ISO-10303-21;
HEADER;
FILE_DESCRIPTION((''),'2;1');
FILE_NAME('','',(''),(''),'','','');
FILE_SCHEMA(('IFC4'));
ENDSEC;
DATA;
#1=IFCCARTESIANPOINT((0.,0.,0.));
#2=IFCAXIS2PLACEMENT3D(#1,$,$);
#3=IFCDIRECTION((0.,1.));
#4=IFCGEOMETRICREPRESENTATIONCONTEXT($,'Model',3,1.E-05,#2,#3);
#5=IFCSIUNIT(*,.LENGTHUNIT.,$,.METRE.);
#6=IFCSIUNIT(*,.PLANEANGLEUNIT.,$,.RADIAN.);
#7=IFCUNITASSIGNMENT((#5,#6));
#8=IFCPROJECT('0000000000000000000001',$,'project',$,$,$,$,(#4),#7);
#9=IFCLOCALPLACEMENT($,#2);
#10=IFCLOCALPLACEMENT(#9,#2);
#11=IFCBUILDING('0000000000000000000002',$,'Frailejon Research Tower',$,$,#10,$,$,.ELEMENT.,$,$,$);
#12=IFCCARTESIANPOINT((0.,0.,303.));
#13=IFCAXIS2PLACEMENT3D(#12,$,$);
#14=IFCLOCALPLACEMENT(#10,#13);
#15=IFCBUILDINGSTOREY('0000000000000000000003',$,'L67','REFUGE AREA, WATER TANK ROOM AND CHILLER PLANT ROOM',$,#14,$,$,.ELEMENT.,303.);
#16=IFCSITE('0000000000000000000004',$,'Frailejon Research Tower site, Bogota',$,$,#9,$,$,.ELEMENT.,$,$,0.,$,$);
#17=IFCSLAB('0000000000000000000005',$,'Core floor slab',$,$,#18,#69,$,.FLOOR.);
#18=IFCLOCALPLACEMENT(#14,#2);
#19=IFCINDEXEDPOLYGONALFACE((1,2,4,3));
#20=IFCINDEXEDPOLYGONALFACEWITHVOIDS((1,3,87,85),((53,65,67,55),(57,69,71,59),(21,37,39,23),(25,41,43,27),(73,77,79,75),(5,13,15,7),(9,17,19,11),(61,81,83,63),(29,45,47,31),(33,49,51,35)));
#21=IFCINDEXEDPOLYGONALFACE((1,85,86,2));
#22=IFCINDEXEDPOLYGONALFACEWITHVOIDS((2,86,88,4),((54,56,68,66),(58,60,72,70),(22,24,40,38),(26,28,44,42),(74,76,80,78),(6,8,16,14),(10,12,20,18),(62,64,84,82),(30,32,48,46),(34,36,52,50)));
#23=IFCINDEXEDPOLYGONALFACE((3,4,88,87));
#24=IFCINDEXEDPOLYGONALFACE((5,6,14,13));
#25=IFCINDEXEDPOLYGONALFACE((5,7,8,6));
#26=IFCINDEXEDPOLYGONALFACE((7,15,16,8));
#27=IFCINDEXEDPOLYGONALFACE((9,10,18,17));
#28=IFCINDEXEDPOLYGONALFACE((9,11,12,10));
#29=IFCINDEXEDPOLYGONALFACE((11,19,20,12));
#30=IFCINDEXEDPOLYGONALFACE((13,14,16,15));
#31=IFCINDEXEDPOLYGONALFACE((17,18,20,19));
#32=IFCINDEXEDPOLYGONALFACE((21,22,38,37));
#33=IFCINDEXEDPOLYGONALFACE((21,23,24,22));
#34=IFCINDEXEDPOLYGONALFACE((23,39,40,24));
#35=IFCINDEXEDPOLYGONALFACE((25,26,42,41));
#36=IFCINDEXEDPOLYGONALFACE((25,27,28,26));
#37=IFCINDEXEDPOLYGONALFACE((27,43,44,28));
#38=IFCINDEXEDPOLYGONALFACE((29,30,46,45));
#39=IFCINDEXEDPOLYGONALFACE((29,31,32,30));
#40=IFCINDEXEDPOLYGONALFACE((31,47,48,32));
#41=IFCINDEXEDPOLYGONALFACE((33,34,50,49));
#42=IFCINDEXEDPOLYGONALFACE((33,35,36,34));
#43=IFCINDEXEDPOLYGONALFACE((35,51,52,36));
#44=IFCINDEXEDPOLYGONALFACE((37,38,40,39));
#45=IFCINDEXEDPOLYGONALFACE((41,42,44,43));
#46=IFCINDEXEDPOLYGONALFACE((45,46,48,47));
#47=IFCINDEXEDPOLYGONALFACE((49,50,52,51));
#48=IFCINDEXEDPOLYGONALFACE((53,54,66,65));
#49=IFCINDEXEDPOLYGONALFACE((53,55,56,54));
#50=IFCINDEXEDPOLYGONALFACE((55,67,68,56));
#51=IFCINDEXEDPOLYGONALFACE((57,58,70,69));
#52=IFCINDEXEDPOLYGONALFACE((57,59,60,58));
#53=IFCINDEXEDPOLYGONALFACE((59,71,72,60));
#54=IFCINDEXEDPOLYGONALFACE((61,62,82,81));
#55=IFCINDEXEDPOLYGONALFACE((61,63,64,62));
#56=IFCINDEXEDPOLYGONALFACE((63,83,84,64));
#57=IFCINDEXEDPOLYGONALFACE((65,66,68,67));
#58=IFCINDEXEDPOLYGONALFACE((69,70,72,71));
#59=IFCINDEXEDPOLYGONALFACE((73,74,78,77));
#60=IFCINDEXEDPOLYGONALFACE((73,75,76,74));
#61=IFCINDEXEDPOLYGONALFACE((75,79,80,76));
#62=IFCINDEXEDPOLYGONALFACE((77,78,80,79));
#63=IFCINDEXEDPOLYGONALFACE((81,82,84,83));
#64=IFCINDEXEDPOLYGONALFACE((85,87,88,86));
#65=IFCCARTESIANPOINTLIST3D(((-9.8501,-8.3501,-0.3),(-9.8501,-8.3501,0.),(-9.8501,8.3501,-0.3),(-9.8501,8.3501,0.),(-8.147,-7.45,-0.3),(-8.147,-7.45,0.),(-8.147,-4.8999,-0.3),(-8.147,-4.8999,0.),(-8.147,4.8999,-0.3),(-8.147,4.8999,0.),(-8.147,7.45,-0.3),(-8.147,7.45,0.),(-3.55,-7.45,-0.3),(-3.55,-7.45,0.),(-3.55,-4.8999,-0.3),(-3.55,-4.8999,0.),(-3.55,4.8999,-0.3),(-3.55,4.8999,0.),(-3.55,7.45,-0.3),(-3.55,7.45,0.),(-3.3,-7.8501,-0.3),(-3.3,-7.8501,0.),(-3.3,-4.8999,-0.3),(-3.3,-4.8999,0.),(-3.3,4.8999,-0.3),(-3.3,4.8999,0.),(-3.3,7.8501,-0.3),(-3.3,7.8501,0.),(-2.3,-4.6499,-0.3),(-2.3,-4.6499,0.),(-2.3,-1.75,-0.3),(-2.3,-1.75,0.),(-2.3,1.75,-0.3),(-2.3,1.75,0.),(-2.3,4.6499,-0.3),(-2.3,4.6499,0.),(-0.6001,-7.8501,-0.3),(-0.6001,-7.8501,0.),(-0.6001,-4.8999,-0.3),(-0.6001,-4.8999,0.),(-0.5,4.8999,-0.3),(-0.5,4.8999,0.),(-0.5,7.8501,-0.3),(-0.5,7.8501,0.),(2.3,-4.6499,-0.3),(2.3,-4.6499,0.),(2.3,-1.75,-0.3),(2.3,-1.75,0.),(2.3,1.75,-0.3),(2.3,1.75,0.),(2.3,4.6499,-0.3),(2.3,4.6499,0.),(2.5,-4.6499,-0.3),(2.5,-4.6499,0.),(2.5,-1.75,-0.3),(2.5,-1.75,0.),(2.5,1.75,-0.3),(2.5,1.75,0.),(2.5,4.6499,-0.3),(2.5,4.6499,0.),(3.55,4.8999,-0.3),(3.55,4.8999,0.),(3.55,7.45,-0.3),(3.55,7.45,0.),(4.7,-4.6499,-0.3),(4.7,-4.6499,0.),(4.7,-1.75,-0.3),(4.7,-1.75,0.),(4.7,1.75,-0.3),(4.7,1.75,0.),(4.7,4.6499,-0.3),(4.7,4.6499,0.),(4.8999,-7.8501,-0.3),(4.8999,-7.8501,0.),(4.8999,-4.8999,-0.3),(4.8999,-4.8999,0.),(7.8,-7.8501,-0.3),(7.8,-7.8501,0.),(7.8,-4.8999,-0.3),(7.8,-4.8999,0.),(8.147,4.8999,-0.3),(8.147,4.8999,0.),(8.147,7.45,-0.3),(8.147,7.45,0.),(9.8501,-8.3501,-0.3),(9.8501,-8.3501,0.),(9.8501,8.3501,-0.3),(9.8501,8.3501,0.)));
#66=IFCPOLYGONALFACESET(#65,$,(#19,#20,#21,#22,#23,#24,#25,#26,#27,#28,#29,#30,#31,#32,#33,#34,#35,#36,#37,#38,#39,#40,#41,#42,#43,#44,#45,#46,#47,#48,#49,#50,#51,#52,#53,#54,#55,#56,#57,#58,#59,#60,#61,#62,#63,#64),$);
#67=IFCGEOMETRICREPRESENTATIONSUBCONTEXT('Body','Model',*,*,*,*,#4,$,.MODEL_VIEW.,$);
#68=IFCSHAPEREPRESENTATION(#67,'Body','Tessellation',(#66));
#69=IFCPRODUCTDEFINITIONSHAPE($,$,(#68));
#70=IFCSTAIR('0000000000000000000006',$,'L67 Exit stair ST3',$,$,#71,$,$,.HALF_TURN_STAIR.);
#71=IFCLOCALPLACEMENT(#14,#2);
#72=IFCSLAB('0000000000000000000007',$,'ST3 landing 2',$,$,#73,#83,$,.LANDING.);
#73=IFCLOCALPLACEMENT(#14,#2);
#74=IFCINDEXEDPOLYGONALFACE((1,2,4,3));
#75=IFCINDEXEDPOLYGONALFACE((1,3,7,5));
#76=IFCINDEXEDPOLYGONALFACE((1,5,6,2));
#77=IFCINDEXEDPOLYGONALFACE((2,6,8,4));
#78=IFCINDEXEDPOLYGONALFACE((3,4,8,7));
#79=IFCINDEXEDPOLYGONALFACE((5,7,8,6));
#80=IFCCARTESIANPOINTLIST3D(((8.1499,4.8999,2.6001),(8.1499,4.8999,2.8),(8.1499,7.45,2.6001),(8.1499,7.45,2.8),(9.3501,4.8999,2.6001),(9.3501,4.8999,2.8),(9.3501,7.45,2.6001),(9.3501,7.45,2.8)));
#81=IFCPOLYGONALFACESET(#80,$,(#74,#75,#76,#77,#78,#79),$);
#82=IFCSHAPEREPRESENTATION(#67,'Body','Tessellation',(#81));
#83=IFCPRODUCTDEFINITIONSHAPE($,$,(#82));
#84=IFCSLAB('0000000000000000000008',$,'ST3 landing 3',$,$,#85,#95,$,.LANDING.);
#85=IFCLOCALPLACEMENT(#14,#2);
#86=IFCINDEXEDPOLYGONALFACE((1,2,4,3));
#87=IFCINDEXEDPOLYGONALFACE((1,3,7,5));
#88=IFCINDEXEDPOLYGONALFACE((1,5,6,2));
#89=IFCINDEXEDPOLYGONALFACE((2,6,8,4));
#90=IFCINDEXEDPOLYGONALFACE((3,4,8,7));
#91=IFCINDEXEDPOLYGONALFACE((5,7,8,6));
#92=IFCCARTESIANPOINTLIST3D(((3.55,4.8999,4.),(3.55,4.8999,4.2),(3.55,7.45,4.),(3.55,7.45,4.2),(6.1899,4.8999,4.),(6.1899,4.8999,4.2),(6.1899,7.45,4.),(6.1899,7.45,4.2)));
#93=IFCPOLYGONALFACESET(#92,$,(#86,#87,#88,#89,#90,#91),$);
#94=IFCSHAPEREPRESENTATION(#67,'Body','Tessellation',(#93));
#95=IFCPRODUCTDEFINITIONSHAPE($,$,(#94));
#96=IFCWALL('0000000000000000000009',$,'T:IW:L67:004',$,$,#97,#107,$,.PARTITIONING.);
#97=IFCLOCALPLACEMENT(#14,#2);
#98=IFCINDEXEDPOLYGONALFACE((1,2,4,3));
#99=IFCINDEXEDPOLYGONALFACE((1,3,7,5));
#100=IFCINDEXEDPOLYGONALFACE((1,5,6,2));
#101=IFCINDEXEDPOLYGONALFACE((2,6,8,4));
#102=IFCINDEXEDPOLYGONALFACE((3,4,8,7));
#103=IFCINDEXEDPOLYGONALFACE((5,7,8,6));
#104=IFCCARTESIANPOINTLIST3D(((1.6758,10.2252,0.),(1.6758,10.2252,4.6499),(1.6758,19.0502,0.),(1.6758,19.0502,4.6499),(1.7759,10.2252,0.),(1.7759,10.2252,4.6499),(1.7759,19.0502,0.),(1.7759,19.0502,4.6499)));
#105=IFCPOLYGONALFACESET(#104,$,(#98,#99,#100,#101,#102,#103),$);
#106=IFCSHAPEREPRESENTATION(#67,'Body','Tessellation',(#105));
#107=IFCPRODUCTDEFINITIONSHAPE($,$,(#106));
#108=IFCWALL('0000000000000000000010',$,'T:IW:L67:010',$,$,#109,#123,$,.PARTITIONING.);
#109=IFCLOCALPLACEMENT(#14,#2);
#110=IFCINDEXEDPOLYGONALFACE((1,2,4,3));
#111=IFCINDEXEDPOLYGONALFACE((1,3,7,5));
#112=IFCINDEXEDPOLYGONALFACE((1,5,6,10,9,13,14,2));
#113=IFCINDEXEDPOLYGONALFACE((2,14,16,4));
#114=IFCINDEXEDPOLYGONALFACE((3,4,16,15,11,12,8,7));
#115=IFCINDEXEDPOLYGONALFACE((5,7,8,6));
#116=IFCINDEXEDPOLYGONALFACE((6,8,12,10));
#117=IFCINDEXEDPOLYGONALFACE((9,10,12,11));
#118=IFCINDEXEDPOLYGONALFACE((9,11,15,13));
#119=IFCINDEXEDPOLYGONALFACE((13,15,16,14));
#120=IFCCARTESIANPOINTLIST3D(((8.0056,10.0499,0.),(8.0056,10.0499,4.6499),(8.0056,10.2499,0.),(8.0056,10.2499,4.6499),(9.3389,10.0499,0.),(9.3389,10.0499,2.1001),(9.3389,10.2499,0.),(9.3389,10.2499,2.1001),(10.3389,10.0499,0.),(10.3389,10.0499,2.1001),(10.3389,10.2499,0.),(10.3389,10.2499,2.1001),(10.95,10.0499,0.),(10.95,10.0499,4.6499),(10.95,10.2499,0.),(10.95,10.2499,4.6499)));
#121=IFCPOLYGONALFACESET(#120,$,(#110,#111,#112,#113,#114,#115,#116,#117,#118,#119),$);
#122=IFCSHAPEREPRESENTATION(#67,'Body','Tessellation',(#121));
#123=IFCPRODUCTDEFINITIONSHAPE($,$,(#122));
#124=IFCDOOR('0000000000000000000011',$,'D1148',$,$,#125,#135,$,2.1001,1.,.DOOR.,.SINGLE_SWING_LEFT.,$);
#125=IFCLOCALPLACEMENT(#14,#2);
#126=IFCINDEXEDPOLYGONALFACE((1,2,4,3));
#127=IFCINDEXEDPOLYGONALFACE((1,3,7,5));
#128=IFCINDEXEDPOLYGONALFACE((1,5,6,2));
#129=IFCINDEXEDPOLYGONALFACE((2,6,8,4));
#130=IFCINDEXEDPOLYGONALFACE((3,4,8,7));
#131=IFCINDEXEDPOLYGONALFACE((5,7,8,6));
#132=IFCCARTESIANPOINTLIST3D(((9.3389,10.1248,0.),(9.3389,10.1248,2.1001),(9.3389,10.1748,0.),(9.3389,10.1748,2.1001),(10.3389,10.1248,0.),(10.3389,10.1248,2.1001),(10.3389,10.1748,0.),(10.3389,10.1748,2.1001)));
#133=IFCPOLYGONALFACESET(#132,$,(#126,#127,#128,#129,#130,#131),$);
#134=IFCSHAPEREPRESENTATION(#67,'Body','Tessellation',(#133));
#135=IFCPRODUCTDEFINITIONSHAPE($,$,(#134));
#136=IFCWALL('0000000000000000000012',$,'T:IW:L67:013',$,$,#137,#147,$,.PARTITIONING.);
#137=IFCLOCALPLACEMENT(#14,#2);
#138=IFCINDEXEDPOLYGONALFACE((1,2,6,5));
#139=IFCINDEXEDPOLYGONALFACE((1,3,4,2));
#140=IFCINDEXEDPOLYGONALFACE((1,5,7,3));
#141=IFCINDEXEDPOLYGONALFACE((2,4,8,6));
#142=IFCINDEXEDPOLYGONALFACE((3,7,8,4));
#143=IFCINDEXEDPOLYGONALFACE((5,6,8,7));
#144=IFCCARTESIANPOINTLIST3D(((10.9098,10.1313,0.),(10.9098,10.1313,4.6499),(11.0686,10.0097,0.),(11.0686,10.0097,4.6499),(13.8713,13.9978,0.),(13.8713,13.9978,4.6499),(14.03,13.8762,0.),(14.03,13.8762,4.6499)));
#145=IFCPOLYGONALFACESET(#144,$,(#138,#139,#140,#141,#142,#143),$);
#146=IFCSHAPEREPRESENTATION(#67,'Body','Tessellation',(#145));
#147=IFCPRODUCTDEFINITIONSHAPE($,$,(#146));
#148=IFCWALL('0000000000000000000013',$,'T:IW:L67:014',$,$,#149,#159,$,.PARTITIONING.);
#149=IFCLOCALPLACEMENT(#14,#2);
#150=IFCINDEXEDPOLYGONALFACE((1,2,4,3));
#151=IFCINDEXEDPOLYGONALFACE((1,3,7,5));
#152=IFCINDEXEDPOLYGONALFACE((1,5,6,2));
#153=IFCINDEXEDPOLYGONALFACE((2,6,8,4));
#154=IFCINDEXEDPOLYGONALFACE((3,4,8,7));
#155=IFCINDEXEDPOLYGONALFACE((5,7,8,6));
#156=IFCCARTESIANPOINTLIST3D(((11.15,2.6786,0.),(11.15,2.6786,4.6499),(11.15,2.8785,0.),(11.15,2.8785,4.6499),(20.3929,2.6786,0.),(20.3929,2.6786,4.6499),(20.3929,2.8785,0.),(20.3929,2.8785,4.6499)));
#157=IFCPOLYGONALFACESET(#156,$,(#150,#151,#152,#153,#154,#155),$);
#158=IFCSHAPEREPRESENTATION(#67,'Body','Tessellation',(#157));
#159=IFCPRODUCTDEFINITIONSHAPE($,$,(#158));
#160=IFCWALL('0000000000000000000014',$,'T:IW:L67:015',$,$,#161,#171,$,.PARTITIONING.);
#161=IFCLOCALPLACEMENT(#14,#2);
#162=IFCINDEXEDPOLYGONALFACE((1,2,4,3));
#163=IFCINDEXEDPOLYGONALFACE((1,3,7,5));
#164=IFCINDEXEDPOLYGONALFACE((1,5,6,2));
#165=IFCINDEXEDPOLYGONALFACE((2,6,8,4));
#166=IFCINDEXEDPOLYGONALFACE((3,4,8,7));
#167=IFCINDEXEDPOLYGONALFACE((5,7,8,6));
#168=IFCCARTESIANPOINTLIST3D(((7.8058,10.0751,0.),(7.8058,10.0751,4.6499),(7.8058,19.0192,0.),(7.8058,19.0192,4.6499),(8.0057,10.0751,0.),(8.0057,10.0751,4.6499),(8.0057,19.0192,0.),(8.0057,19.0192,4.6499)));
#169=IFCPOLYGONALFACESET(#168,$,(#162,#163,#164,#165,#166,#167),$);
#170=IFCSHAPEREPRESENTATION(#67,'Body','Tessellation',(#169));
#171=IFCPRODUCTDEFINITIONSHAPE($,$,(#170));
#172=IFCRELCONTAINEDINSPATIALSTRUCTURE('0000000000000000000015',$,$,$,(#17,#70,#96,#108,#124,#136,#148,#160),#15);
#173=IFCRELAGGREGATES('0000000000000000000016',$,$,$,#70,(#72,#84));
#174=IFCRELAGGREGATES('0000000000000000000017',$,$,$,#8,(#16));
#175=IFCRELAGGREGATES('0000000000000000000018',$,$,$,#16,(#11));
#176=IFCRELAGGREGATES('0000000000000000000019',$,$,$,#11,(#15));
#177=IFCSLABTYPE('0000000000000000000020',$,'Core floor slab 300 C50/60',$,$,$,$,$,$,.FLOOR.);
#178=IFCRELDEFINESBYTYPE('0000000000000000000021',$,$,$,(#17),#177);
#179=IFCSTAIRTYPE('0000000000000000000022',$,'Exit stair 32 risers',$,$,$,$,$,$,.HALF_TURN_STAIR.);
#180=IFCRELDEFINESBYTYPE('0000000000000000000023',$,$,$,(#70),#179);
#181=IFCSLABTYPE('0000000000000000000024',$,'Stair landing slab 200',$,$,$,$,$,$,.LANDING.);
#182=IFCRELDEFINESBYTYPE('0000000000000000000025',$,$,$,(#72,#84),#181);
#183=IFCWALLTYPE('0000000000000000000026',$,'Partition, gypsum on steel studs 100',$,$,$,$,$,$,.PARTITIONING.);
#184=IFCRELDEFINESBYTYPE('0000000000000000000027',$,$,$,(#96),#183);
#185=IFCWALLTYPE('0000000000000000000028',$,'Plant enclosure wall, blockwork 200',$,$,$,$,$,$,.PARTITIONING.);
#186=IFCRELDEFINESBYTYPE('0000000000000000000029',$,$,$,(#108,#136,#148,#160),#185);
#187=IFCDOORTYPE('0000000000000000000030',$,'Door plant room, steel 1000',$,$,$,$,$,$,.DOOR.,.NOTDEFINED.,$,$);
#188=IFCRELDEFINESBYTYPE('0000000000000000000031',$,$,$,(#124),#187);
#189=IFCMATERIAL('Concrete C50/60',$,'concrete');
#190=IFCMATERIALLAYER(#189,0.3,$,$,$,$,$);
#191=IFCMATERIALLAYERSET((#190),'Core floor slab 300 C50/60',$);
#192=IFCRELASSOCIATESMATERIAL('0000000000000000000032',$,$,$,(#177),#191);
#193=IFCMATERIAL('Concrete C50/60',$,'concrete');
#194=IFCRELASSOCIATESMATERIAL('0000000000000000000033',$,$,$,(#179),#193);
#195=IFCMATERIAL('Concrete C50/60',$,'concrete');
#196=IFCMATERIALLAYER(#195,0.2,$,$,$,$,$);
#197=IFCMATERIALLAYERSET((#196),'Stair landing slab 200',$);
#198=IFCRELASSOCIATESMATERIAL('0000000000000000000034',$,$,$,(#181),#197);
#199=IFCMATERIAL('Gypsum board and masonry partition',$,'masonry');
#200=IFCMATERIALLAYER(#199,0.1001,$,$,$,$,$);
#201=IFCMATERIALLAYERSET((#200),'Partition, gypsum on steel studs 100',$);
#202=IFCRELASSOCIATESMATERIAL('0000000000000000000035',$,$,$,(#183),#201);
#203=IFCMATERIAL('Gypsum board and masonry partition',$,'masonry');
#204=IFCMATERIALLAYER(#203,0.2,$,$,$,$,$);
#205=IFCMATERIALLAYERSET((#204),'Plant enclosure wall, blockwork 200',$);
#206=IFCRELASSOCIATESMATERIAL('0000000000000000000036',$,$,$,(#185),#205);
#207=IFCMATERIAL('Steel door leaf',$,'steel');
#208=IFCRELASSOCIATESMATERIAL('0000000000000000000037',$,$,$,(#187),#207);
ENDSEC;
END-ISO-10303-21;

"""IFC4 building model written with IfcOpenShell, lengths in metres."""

from ifc_helpers import new_model, si_unit, direction, frame, frame_2d, origin, place, context, subcontext, project, spatial, polyline, rectangle, outline, extrude, material, layer, layer_set, type_object, element, fill, aggregate, save


model = new_model("IFC4")

# Units and contexts
model_context = context("Model", 3, precision=1e-05, world=origin(), true_north=direction((0.0, 1.0)))
body_context = subcontext(model_context, "Body", "Model", "MODEL_VIEW")
ifc_project = project(units=[si_unit("LENGTHUNIT", "METRE"), si_unit("PLANEANGLEUNIT", "RADIAN")], contexts=[model_context])

# Site, building, storey
site_placement = place(None, origin())
site = spatial("IfcSite", under=ifc_project, at=site_placement, Name="Frailejon Research Tower site, Bogota", CompositionType="ELEMENT", RefElevation=0.0)
building_placement = place(site_placement, origin())
building = spatial("IfcBuilding", under=site, at=building_placement, Name="Frailejon Research Tower", CompositionType="ELEMENT")
storey_placement = place(building_placement, frame((0.0, 0.0, 303.0)))
storey = spatial("IfcBuildingStorey", under=building, at=storey_placement, Name="L67", Description="REFUGE AREA, WATER TANK ROOM AND CHILLER PLANT ROOM", CompositionType="ELEMENT", Elevation=303.0)

# Slab
ifc_material_1 = material(Name="Concrete C50/60", Category="concrete")
ifc_layer_1 = layer(ifc_material_1, 0.3)
ifc_layer_set_1 = layer_set([ifc_layer_1], Name="Core floor slab 300 C50/60")
slab_type_1 = type_object("IfcSlabType", Name="Core floor slab 300 C50/60", PredefinedType="FLOOR", material=ifc_layer_set_1)
slab_1_placement = place(storey_placement, frame((0.0, 0.0, -0.3)))
element("IfcSlab", 1, at=slab_1_placement, inside=storey, type_object=slab_type_1, Name="Core floor slab", PredefinedType="FLOOR", context=body_context, shape_type="SweptSolid", body=[
    extrude(outline(polyline([(9.8501, -8.3501), (9.8501, 8.3501), (-9.8501, 8.3501), (-9.8501, -8.3501), (9.8501, -8.3501)]), holes=[polyline([(2.3, 1.75), (2.3, 4.6499), (-2.3, 4.6499), (-2.3, 1.75), (2.3, 1.75)]), polyline([(4.7, 1.75), (4.7, 4.6499), (2.5, 4.6499), (2.5, 1.75), (4.7, 1.75)]), polyline([(2.3, -4.6499), (2.3, -1.75), (-2.3, -1.75), (-2.3, -4.6499), (2.3, -4.6499)]), polyline([(4.7, -4.6499), (4.7, -1.75), (2.5, -1.75), (2.5, -4.6499), (4.7, -4.6499)]), polyline([(-8.147, 4.8999), (-3.55, 4.8999), (-3.55, 7.45), (-8.147, 7.45), (-8.147, 4.8999)]), polyline([(-8.147, -7.45), (-3.55, -7.45), (-3.55, -4.8999), (-8.147, -4.8999), (-8.147, -7.45)]), polyline([(8.147, 7.45), (3.55, 7.45), (3.55, 4.8999), (8.147, 4.8999), (8.147, 7.45)]), polyline([(-0.6001, -7.8501), (-0.6001, -4.8999), (-3.3, -4.8999), (-3.3, -7.8501), (-0.6001, -7.8501)]), polyline([(7.8, -7.8501), (7.8, -4.8999), (4.8999, -4.8999), (4.8999, -7.8501), (7.8, -7.8501)]), polyline([(-0.5, 4.8999), (-0.5, 7.8501), (-3.3, 7.8501), (-3.3, 4.8999), (-0.5, 4.8999)])]), origin(), (0.0, 0.0, 1.0), 0.3),
])

# Stair, slabs
ifc_material_2 = material(Name="Concrete C50/60", Category="concrete")
stair_type = type_object("IfcStairType", Name="Exit stair 32 risers", PredefinedType="HALF_TURN_STAIR", material=ifc_material_2)
stair_placement = place(storey_placement, origin())
stair = element("IfcStair", 2, at=stair_placement, inside=storey, type_object=stair_type, Name="L67 Exit stair ST3", PredefinedType="HALF_TURN_STAIR")
ifc_material_3 = material(Name="Concrete C50/60", Category="concrete")
ifc_layer_2 = layer(ifc_material_3, 0.2)
ifc_layer_set_2 = layer_set([ifc_layer_2], Name="Stair landing slab 200")
slab_type_2 = type_object("IfcSlabType", Name="Stair landing slab 200", PredefinedType="LANDING", material=ifc_layer_set_2)
slab_2_placement = place(storey_placement, frame((0.0, 0.0, 2.6001)))
slab_2 = element("IfcSlab", 3, at=slab_2_placement, type_object=slab_type_2, Name="ST3 landing 2", PredefinedType="LANDING", context=body_context, shape_type="SweptSolid", body=[
    extrude(outline(polyline([(9.3501, 7.45), (8.1499, 7.45), (8.1499, 4.8999), (9.3501, 4.8999), (9.3501, 7.45)])), origin(), (0.0, 0.0, 1.0), 0.2),
])
slab_3_placement = place(storey_placement, frame((0.0, 0.0, 4.0)))
slab_3 = element("IfcSlab", 4, at=slab_3_placement, type_object=slab_type_2, Name="ST3 landing 3", PredefinedType="LANDING", context=body_context, shape_type="SweptSolid", body=[
    extrude(outline(polyline([(6.1899, 7.45), (3.55, 7.45), (3.55, 4.8999), (6.1899, 4.8999), (6.1899, 7.45)])), origin(), (0.0, 0.0, 1.0), 0.2),
])

# Wall
ifc_material_4 = material(Name="Gypsum board and masonry partition", Category="masonry")
ifc_layer_3 = layer(ifc_material_4, 0.1001)
ifc_layer_set_3 = layer_set([ifc_layer_3], Name="Partition, gypsum on steel studs 100")
wall_type_1 = type_object("IfcWallType", Name="Partition, gypsum on steel studs 100", PredefinedType="PARTITIONING", material=ifc_layer_set_3)
wall_1_placement = place(storey_placement, frame((1.7258, 10.2251, 0.0), z_axis=(0.0, 0.0, 1.0), x_axis=(0.0, 1.0, 0.0)))
element("IfcWall", 5, at=wall_1_placement, inside=storey, type_object=wall_type_1, Name="T:IW:L67:004", PredefinedType="PARTITIONING", context=body_context, shape_type="SweptSolid", body=[
    extrude(rectangle(XDim=8.825, YDim=0.1001, at=frame_2d((4.4126, 0.0))), origin(), (0.0, 0.0, 1.0), 4.6499),
])

# Wall, opening, door
ifc_material_5 = material(Name="Gypsum board and masonry partition", Category="masonry")
ifc_layer_4 = layer(ifc_material_5, 0.2)
ifc_layer_set_4 = layer_set([ifc_layer_4], Name="Plant enclosure wall, blockwork 200")
wall_type_2 = type_object("IfcWallType", Name="Plant enclosure wall, blockwork 200", PredefinedType="PARTITIONING", material=ifc_layer_set_4)
wall_2_placement = place(storey_placement, frame((8.0056, 10.1499, 0.0), z_axis=(0.0, 0.0, 1.0), x_axis=(1.0, 0.0, 0.0)))
wall_2 = element("IfcWall", 6, at=wall_2_placement, inside=storey, type_object=wall_type_2, Name="T:IW:L67:010", PredefinedType="PARTITIONING", context=body_context, shape_type="SweptSolid", body=[
    extrude(rectangle(XDim=2.9443, YDim=0.2, at=frame_2d((1.4722, 0.0))), origin(), (0.0, 0.0, 1.0), 4.6499),
])
opening_placement = place(wall_2_placement, frame((1.3333, 0.0, 0.0)))
opening = element("IfcOpeningElement", 7, at=opening_placement, cuts=wall_2, PredefinedType="OPENING", context=body_context, shape_type="SweptSolid", body=[
    extrude(rectangle(XDim=1.0, YDim=2.1001, at=frame_2d((0.5, 1.05))), frame((0.0, 0.1099, 0.0), z_axis=(0.0, -1.0, 0.0), x_axis=(1.0, 0.0, 0.0)), (0.0, 0.0, 1.0), 0.22),
])
ifc_material_6 = material(Name="Steel door leaf", Category="steel")
door_type = type_object("IfcDoorType", Name="Door plant room, steel 1000", OperationType="NOTDEFINED", PredefinedType="DOOR", material=ifc_material_6)
door_placement = place(opening_placement, origin())
door = element("IfcDoor", 8, at=door_placement, inside=storey, type_object=door_type, Name="D1148", OperationType="SINGLE_SWING_LEFT", OverallHeight=2.1001, OverallWidth=1.0, PredefinedType="DOOR", context=body_context, shape_type="SweptSolid", body=[
    extrude(rectangle(XDim=1.0, YDim=2.1001, at=frame_2d((0.5, 1.05))), frame((0.0, 0.0249, 0.0), z_axis=(0.0, -1.0, 0.0), x_axis=(1.0, 0.0, 0.0)), (0.0, 0.0, 1.0), 0.05),
])
fill(opening, door)

# Walls
wall_3_placement = place(storey_placement, frame((10.9893, 10.0706, 0.0), z_axis=(0.0, 0.0, 1.0), x_axis=(0.608062, 0.793889, 0.0)))
element("IfcWall", 9, at=wall_3_placement, inside=storey, type_object=wall_type_2, Name="T:IW:L67:013", PredefinedType="PARTITIONING", context=body_context, shape_type="SweptSolid", body=[
    extrude(rectangle(XDim=4.8704, YDim=0.2, at=frame_2d((2.4351, 0.0))), origin(), (0.0, 0.0, 1.0), 4.6499),
])
wall_4_placement = place(storey_placement, frame((11.1499, 2.7786, 0.0), z_axis=(0.0, 0.0, 1.0), x_axis=(1.0, 0.0, 0.0)))
element("IfcWall", 10, at=wall_4_placement, inside=storey, type_object=wall_type_2, Name="T:IW:L67:014", PredefinedType="PARTITIONING", context=body_context, shape_type="SweptSolid", body=[
    extrude(rectangle(XDim=9.2429, YDim=0.2, at=frame_2d((4.6216, 0.0))), origin(), (0.0, 0.0, 1.0), 4.6499),
])
wall_5_placement = place(storey_placement, frame((7.9058, 10.075, 0.0), z_axis=(0.0, 0.0, 1.0), x_axis=(0.0, 1.0, 0.0)))
element("IfcWall", 11, at=wall_5_placement, inside=storey, type_object=wall_type_2, Name="T:IW:L67:015", PredefinedType="PARTITIONING", context=body_context, shape_type="SweptSolid", body=[
    extrude(rectangle(XDim=8.9441, YDim=0.2, at=frame_2d((4.4722, 0.0))), origin(), (0.0, 0.0, 1.0), 4.6499),
])

aggregate(stair, [slab_2, slab_3])

save(model, "model.ifc")
